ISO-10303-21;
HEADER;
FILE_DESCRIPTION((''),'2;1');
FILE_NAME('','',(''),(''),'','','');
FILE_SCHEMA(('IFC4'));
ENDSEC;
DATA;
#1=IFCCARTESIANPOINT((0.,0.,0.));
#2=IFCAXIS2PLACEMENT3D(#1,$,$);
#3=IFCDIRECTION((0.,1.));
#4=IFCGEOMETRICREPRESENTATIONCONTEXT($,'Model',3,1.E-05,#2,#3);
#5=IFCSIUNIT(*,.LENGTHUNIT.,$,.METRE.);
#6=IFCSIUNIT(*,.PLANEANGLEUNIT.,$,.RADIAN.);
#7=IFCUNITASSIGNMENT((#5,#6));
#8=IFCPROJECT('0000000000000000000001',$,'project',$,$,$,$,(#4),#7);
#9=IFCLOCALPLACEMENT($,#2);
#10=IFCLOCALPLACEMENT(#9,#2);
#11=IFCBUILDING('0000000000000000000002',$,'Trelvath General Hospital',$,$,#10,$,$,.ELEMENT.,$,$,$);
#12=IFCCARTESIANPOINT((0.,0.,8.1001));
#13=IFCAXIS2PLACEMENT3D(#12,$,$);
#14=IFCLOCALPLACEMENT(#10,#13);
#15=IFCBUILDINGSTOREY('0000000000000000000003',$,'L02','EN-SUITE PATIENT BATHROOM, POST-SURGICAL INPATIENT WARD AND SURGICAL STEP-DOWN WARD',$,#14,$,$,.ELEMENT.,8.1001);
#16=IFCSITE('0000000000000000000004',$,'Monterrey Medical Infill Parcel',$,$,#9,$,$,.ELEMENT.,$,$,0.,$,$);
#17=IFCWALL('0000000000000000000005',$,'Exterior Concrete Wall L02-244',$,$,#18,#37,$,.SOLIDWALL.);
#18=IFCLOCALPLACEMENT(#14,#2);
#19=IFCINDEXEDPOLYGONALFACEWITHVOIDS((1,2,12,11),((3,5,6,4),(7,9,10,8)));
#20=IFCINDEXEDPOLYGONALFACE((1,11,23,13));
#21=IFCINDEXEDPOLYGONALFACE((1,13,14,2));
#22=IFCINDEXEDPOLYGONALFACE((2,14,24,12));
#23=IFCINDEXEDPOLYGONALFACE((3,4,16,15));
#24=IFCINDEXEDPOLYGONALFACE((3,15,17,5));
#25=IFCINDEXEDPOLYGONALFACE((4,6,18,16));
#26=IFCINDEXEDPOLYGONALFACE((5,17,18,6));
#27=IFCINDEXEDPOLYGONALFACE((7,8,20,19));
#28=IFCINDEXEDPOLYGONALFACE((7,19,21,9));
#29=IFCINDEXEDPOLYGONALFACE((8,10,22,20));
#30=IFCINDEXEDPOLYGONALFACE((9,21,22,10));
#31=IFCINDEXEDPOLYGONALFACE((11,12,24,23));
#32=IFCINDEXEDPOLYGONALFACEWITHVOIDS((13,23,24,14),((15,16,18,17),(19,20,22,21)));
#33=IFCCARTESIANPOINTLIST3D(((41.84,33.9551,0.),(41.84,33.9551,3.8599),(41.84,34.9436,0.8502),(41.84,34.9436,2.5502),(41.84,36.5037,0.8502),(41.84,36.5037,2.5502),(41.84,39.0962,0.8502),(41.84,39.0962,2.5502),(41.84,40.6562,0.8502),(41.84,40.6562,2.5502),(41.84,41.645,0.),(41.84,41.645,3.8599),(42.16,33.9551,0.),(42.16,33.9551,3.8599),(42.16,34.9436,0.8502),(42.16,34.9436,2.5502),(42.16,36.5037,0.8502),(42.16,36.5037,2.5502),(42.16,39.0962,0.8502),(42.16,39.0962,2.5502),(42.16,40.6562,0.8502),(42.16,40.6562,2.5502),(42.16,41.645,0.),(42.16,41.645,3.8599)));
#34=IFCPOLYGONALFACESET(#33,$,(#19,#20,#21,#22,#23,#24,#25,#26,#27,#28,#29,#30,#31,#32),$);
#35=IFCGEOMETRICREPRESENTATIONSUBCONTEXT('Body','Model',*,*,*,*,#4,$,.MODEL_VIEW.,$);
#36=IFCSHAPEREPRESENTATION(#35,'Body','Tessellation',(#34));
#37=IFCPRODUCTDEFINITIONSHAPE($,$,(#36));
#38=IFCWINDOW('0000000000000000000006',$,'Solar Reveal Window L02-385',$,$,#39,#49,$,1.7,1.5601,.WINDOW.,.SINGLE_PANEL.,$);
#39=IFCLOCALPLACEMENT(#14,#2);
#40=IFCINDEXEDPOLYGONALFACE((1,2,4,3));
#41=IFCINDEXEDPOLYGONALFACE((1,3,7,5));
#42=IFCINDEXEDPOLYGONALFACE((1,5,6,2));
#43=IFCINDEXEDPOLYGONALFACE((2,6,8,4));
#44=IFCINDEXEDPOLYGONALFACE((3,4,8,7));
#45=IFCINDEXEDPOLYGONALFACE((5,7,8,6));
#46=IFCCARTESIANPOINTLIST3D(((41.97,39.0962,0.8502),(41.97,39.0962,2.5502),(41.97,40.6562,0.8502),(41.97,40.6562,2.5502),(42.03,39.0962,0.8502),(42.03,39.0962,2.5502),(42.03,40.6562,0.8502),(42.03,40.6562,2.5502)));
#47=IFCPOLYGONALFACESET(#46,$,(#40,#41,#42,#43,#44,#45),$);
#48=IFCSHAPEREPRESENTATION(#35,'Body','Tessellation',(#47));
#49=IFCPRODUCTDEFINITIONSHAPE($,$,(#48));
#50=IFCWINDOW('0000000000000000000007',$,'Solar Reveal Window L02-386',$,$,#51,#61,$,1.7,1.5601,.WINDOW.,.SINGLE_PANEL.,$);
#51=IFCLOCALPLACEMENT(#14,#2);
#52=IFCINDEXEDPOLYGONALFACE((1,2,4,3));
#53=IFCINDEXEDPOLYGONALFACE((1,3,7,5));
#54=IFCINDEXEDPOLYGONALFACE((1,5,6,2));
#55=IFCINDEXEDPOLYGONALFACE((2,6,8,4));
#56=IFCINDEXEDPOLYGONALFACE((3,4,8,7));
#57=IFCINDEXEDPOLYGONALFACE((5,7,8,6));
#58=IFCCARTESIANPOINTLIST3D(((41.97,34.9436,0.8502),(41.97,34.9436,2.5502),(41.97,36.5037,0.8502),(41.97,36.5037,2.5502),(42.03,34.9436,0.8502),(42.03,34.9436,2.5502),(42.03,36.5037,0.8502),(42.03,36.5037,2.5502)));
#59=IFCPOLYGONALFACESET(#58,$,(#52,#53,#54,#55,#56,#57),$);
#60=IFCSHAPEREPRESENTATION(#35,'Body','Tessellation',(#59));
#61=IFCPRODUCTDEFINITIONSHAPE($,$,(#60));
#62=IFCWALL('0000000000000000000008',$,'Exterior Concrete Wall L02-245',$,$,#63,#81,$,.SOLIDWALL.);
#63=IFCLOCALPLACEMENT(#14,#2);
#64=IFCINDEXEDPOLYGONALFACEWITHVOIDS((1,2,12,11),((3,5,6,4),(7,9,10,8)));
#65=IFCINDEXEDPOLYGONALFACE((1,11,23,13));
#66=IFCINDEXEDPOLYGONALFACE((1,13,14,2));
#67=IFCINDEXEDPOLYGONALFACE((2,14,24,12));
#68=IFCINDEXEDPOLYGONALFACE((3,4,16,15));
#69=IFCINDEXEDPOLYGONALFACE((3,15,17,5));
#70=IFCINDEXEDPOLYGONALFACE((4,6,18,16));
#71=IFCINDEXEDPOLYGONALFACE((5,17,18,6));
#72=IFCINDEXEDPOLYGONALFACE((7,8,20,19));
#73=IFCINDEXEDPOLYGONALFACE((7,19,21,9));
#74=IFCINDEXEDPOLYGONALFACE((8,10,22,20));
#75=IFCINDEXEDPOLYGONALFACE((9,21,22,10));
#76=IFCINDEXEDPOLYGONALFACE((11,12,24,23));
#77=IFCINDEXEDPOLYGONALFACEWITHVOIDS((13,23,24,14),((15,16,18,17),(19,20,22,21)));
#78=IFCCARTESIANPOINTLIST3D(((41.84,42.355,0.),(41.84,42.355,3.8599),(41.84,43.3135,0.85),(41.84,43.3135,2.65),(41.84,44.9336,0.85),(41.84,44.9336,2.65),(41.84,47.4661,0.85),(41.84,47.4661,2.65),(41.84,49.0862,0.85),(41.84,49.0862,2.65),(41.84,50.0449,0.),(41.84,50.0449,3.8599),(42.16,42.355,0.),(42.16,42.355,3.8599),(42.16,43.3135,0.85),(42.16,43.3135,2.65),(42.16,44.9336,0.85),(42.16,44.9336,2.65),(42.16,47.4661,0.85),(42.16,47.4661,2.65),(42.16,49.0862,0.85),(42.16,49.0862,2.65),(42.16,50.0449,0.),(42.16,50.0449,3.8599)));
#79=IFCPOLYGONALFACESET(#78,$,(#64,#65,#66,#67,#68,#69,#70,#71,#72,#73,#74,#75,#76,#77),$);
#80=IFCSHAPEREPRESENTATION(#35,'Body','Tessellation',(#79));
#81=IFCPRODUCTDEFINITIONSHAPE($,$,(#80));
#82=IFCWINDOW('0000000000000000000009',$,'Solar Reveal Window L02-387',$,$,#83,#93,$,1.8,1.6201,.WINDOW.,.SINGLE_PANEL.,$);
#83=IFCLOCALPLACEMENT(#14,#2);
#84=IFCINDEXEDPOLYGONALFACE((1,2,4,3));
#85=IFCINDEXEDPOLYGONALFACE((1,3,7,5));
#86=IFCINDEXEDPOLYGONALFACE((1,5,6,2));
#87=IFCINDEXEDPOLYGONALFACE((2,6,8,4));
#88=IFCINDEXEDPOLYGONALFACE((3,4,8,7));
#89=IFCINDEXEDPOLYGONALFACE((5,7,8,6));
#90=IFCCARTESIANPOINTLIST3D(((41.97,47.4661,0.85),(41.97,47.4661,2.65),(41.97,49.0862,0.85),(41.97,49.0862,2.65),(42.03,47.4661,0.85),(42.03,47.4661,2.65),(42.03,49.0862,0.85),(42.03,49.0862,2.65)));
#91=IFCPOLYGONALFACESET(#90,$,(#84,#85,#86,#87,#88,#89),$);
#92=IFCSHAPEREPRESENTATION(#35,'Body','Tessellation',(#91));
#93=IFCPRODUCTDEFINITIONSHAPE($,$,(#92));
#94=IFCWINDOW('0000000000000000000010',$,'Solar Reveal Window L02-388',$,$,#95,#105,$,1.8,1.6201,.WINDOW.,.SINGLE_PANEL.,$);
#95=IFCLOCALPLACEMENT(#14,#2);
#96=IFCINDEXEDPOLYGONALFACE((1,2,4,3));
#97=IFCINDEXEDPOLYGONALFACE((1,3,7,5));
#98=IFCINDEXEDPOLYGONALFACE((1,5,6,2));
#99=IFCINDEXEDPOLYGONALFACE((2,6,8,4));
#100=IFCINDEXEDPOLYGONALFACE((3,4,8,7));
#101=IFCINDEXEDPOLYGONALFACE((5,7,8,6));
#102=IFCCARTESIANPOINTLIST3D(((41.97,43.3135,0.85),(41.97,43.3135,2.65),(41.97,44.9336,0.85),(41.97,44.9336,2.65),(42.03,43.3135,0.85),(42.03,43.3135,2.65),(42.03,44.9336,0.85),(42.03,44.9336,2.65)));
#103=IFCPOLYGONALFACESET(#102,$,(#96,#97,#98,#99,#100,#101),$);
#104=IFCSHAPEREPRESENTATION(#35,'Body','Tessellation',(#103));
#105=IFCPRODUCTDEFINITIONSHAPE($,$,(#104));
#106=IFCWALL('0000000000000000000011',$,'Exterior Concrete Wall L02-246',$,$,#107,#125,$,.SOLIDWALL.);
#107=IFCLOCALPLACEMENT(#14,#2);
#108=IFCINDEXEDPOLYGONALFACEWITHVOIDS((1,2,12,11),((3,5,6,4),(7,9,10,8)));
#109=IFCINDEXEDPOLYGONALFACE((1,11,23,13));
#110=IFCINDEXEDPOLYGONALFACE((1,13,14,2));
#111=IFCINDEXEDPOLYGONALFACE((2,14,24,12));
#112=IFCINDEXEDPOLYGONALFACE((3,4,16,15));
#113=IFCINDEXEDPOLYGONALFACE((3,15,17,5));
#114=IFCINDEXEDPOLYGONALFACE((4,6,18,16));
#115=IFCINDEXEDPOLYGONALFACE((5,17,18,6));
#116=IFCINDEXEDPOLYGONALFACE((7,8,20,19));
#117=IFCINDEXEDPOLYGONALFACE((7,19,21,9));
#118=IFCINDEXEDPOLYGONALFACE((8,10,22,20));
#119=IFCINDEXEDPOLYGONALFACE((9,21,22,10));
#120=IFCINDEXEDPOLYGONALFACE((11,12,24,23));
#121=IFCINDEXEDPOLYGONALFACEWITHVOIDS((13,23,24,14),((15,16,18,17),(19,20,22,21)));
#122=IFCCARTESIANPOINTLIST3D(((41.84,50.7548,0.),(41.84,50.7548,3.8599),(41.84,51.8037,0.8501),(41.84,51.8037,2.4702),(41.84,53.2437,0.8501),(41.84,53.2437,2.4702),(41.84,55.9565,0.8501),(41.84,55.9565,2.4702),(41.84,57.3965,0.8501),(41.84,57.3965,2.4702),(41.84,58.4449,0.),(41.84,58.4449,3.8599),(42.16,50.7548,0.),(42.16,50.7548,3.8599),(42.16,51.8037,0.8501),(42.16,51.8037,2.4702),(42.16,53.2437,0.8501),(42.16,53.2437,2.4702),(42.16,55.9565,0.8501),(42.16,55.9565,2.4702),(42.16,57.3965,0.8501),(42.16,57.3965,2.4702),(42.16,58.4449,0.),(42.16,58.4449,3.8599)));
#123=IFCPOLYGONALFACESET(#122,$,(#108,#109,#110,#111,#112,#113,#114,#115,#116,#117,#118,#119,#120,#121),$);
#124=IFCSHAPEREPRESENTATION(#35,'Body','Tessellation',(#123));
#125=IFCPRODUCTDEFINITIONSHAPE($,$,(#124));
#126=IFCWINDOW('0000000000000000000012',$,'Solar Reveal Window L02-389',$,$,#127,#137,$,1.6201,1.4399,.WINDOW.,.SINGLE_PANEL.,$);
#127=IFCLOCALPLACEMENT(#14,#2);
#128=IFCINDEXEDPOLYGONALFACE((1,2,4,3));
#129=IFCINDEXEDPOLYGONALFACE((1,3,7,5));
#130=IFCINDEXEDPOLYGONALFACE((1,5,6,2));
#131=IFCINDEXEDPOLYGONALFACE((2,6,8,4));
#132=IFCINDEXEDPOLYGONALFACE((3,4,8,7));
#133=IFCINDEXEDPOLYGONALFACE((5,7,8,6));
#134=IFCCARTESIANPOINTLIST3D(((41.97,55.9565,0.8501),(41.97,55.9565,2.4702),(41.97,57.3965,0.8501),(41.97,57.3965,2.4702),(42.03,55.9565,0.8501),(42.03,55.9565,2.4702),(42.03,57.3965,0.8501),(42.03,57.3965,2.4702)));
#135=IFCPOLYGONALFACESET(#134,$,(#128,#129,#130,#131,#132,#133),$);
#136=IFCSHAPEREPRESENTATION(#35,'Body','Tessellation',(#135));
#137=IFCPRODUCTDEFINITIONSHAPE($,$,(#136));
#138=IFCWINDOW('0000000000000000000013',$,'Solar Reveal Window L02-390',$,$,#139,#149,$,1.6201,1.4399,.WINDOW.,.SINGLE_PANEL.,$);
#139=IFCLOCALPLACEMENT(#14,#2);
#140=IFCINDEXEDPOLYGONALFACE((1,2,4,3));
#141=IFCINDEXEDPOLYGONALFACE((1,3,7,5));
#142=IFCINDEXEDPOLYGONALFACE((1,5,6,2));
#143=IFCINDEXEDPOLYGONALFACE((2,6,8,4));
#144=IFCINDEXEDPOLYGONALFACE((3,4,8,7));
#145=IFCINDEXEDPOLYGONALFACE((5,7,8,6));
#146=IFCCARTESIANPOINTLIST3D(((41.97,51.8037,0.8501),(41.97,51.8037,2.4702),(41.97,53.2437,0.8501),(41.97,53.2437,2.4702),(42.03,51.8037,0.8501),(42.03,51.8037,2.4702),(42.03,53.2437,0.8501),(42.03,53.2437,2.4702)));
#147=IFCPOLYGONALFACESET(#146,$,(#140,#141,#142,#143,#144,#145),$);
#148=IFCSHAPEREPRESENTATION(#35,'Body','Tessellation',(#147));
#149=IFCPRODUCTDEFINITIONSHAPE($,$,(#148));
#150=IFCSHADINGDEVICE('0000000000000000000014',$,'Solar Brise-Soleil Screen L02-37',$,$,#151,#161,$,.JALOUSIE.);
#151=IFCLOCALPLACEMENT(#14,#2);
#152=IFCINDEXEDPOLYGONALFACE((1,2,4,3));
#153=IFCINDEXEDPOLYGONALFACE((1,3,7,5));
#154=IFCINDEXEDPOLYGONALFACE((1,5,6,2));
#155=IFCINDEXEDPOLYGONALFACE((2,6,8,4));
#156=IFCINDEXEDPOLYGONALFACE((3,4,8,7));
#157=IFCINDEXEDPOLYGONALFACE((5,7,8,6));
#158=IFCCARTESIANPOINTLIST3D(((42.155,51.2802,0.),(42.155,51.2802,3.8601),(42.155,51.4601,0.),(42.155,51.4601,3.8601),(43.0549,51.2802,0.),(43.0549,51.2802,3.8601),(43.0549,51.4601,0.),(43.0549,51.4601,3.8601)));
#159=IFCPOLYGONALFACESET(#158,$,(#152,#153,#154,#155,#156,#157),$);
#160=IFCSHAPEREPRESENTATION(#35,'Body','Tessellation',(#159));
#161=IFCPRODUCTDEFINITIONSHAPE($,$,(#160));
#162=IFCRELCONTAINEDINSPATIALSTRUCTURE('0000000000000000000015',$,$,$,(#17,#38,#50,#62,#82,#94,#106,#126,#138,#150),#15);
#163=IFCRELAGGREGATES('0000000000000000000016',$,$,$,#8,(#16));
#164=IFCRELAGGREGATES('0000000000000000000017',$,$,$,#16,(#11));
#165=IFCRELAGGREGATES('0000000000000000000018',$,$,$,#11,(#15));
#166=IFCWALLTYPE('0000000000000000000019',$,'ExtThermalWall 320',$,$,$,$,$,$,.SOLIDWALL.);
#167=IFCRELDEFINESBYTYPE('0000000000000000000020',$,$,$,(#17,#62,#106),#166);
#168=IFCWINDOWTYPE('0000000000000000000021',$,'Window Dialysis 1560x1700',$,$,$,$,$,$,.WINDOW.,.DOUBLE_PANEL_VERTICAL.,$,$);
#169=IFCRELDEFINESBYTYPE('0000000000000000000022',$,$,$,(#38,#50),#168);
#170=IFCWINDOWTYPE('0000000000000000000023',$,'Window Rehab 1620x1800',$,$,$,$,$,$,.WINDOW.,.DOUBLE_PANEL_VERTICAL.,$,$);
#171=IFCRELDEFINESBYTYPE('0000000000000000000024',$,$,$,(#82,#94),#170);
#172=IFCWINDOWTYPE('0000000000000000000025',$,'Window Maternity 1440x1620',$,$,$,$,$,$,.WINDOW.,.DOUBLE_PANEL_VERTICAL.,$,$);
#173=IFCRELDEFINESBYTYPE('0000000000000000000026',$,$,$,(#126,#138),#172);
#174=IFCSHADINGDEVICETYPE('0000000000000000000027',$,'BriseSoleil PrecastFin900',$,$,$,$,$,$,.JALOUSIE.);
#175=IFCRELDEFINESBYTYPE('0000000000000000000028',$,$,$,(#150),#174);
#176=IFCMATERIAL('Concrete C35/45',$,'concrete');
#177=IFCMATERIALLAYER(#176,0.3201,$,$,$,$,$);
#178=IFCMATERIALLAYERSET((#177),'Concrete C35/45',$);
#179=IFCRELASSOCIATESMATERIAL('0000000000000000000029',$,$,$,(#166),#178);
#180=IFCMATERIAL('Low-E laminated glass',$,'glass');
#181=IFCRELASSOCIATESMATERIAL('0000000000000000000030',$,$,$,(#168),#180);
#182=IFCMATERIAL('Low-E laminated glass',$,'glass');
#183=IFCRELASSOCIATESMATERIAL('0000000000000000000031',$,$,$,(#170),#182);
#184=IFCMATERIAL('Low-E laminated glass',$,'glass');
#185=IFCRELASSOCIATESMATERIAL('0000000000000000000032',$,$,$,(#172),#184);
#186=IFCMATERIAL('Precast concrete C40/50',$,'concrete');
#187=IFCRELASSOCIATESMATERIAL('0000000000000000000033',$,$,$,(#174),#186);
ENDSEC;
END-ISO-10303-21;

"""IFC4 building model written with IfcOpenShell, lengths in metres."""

from ifc_helpers import new_model, si_unit, direction, frame, frame_2d, origin, origin_2d, place, context, subcontext, project, spatial, rectangle, extrude, material, layer, layer_set, type_object, element, fill, save


model = new_model("IFC4")

# Units and contexts
model_context = context("Model", 3, precision=1e-05, world=origin(), true_north=direction((0.0, 1.0)))
body_context = subcontext(model_context, "Body", "Model", "MODEL_VIEW")
ifc_project = project(units=[si_unit("LENGTHUNIT", "METRE"), si_unit("PLANEANGLEUNIT", "RADIAN")], contexts=[model_context])

# Site, building, storey
site_placement = place(None, origin())
site = spatial("IfcSite", under=ifc_project, at=site_placement, Name="Monterrey Medical Infill Parcel", CompositionType="ELEMENT", RefElevation=0.0)
building_placement = place(site_placement, origin())
building = spatial("IfcBuilding", under=site, at=building_placement, Name="Trelvath General Hospital", CompositionType="ELEMENT")
storey_placement = place(building_placement, frame((0.0, 0.0, 8.1001)))
storey = spatial("IfcBuildingStorey", under=building, at=storey_placement, Name="L02", Description="EN-SUITE PATIENT BATHROOM, POST-SURGICAL INPATIENT WARD AND SURGICAL STEP-DOWN WARD", CompositionType="ELEMENT", Elevation=8.1001)

# Walls, openings, windows
ifc_material_1 = material(Name="Concrete C35/45", Category="concrete")
ifc_layer_1 = layer(ifc_material_1, 0.3201)
ifc_layer_set_1 = layer_set([ifc_layer_1], Name="Concrete C35/45")
wall_type_1 = type_object("IfcWallType", Name="ExtThermalWall 320", PredefinedType="SOLIDWALL", material=ifc_layer_set_1)
wall_1_placement = place(storey_placement, frame((42.0, 41.645, 0.0), z_axis=(0.0, 0.0, 1.0), x_axis=(0.0, -1.0, 0.0)))
wall_1 = element("IfcWall", 1, at=wall_1_placement, inside=storey, type_object=wall_type_1, Name="Exterior Concrete Wall L02-244", PredefinedType="SOLIDWALL", context=body_context, shape_type="SweptSolid", body=[
    extrude(rectangle(XDim=7.6899, YDim=0.3201, at=frame_2d((3.845, 0.0))), origin(), (0.0, 0.0, 1.0), 3.8599),
])
opening_1_placement = place(wall_1_placement, frame((0.9888, 0.0, 0.8501)))
opening_1 = element("IfcOpeningElement", 2, at=opening_1_placement, cuts=wall_1, PredefinedType="OPENING", context=body_context, shape_type="SweptSolid", body=[
    extrude(rectangle(XDim=1.5601, YDim=1.7, at=frame_2d((0.78, 0.8501))), frame((0.0, 0.1699, 0.0), z_axis=(0.0, -1.0, 0.0), x_axis=(1.0, 0.0, 0.0)), (0.0, 0.0, 1.0), 0.3401),
])
opening_2_placement = place(wall_1_placement, frame((5.1414, 0.0, 0.8501)))
opening_2 = element("IfcOpeningElement", 3, at=opening_2_placement, cuts=wall_1, PredefinedType="OPENING", context=body_context, shape_type="SweptSolid", body=[
    extrude(rectangle(XDim=1.5601, YDim=1.7, at=frame_2d((0.78, 0.8501))), frame((0.0, 0.1699, 0.0), z_axis=(0.0, -1.0, 0.0), x_axis=(1.0, 0.0, 0.0)), (0.0, 0.0, 1.0), 0.3401),
])
ifc_material_2 = material(Name="Low-E laminated glass", Category="glass")
window_type_1 = type_object("IfcWindowType", Name="Window Dialysis 1560x1700", PartitioningType="DOUBLE_PANEL_VERTICAL", PredefinedType="WINDOW", material=ifc_material_2)
window_1_placement = place(opening_1_placement, origin())
window_1 = element("IfcWindow", 4, at=window_1_placement, inside=storey, type_object=window_type_1, Name="Solar Reveal Window L02-385", OverallHeight=1.7, OverallWidth=1.5601, PartitioningType="SINGLE_PANEL", PredefinedType="WINDOW", context=body_context, shape_type="SweptSolid", body=[
    extrude(rectangle(XDim=1.5601, YDim=1.7, at=frame_2d((0.78, 0.8501))), frame((0.0, 0.03, 0.0), z_axis=(0.0, -1.0, 0.0), x_axis=(1.0, 0.0, 0.0)), (0.0, 0.0, 1.0), 0.0601),
])
fill(opening_1, window_1)
window_2_placement = place(opening_2_placement, origin())
window_2 = element("IfcWindow", 5, at=window_2_placement, inside=storey, type_object=window_type_1, Name="Solar Reveal Window L02-386", OverallHeight=1.7, OverallWidth=1.5601, PartitioningType="SINGLE_PANEL", PredefinedType="WINDOW", context=body_context, shape_type="SweptSolid", body=[
    extrude(rectangle(XDim=1.5601, YDim=1.7, at=frame_2d((0.78, 0.8501))), frame((0.0, 0.03, 0.0), z_axis=(0.0, -1.0, 0.0), x_axis=(1.0, 0.0, 0.0)), (0.0, 0.0, 1.0), 0.0601),
])
fill(opening_2, window_2)
wall_2_placement = place(storey_placement, frame((42.0, 50.0449, 0.0), z_axis=(0.0, 0.0, 1.0), x_axis=(0.0, -1.0, 0.0)))
wall_2 = element("IfcWall", 6, at=wall_2_placement, inside=storey, type_object=wall_type_1, Name="Exterior Concrete Wall L02-245", PredefinedType="SOLIDWALL", context=body_context, shape_type="SweptSolid", body=[
    extrude(rectangle(XDim=7.6899, YDim=0.3201, at=frame_2d((3.845, 0.0))), origin(), (0.0, 0.0, 1.0), 3.8599),
])
opening_3_placement = place(wall_2_placement, frame((0.9587, 0.0, 0.8501)))
opening_3 = element("IfcOpeningElement", 7, at=opening_3_placement, cuts=wall_2, PredefinedType="OPENING", context=body_context, shape_type="SweptSolid", body=[
    extrude(rectangle(XDim=1.6201, YDim=1.8, at=frame_2d((0.8101, 0.8999))), frame((0.0, 0.1699, 0.0), z_axis=(0.0, -1.0, 0.0), x_axis=(1.0, 0.0, 0.0)), (0.0, 0.0, 1.0), 0.3401),
])
opening_4_placement = place(wall_2_placement, frame((5.1113, 0.0, 0.8501)))
opening_4 = element("IfcOpeningElement", 8, at=opening_4_placement, cuts=wall_2, PredefinedType="OPENING", context=body_context, shape_type="SweptSolid", body=[
    extrude(rectangle(XDim=1.6201, YDim=1.8, at=frame_2d((0.8101, 0.8999))), frame((0.0, 0.1699, 0.0), z_axis=(0.0, -1.0, 0.0), x_axis=(1.0, 0.0, 0.0)), (0.0, 0.0, 1.0), 0.3401),
])
ifc_material_3 = material(Name="Low-E laminated glass", Category="glass")
window_type_2 = type_object("IfcWindowType", Name="Window Rehab 1620x1800", PartitioningType="DOUBLE_PANEL_VERTICAL", PredefinedType="WINDOW", material=ifc_material_3)
window_3_placement = place(opening_3_placement, origin())
window_3 = element("IfcWindow", 9, at=window_3_placement, inside=storey, type_object=window_type_2, Name="Solar Reveal Window L02-387", OverallHeight=1.8, OverallWidth=1.6201, PartitioningType="SINGLE_PANEL", PredefinedType="WINDOW", context=body_context, shape_type="SweptSolid", body=[
    extrude(rectangle(XDim=1.6201, YDim=1.8, at=frame_2d((0.8101, 0.8999))), frame((0.0, 0.03, 0.0), z_axis=(0.0, -1.0, 0.0), x_axis=(1.0, 0.0, 0.0)), (0.0, 0.0, 1.0), 0.0601),
])
fill(opening_3, window_3)
window_4_placement = place(opening_4_placement, origin())
window_4 = element("IfcWindow", 10, at=window_4_placement, inside=storey, type_object=window_type_2, Name="Solar Reveal Window L02-388", OverallHeight=1.8, OverallWidth=1.6201, PartitioningType="SINGLE_PANEL", PredefinedType="WINDOW", context=body_context, shape_type="SweptSolid", body=[
    extrude(rectangle(XDim=1.6201, YDim=1.8, at=frame_2d((0.8101, 0.8999))), frame((0.0, 0.03, 0.0), z_axis=(0.0, -1.0, 0.0), x_axis=(1.0, 0.0, 0.0)), (0.0, 0.0, 1.0), 0.0601),
])
fill(opening_4, window_4)
wall_3_placement = place(storey_placement, frame((42.0, 58.4451, 0.0), z_axis=(0.0, 0.0, 1.0), x_axis=(0.0, -1.0, 0.0)))
wall_3 = element("IfcWall", 11, at=wall_3_placement, inside=storey, type_object=wall_type_1, Name="Exterior Concrete Wall L02-246", PredefinedType="SOLIDWALL", context=body_context, shape_type="SweptSolid", body=[
    extrude(rectangle(XDim=7.6902, YDim=0.3201, at=frame_2d((3.8452, 0.0))), origin(), (0.0, 0.0, 1.0), 3.8599),
])
opening_5_placement = place(wall_3_placement, frame((1.0486, 0.0, 0.8501)))
opening_5 = element("IfcOpeningElement", 12, at=opening_5_placement, cuts=wall_3, PredefinedType="OPENING", context=body_context, shape_type="SweptSolid", body=[
    extrude(rectangle(XDim=1.4399, YDim=1.6201, at=frame_2d((0.72, 0.8101))), frame((0.0, 0.1699, 0.0), z_axis=(0.0, -1.0, 0.0), x_axis=(1.0, 0.0, 0.0)), (0.0, 0.0, 1.0), 0.3401),
])
opening_6_placement = place(wall_3_placement, frame((5.2014, 0.0, 0.8501)))
opening_6 = element("IfcOpeningElement", 13, at=opening_6_placement, cuts=wall_3, PredefinedType="OPENING", context=body_context, shape_type="SweptSolid", body=[
    extrude(rectangle(XDim=1.4399, YDim=1.6201, at=frame_2d((0.72, 0.8101))), frame((0.0, 0.1699, 0.0), z_axis=(0.0, -1.0, 0.0), x_axis=(1.0, 0.0, 0.0)), (0.0, 0.0, 1.0), 0.3401),
])
ifc_material_4 = material(Name="Low-E laminated glass", Category="glass")
window_type_3 = type_object("IfcWindowType", Name="Window Maternity 1440x1620", PartitioningType="DOUBLE_PANEL_VERTICAL", PredefinedType="WINDOW", material=ifc_material_4)
window_5_placement = place(opening_5_placement, origin())
window_5 = element("IfcWindow", 14, at=window_5_placement, inside=storey, type_object=window_type_3, Name="Solar Reveal Window L02-389", OverallHeight=1.6201, OverallWidth=1.4399, PartitioningType="SINGLE_PANEL", PredefinedType="WINDOW", context=body_context, shape_type="SweptSolid", body=[
    extrude(rectangle(XDim=1.4399, YDim=1.6201, at=frame_2d((0.72, 0.8101))), frame((0.0, 0.03, 0.0), z_axis=(0.0, -1.0, 0.0), x_axis=(1.0, 0.0, 0.0)), (0.0, 0.0, 1.0), 0.0601),
])
fill(opening_5, window_5)
window_6_placement = place(opening_6_placement, origin())
window_6 = element("IfcWindow", 15, at=window_6_placement, inside=storey, type_object=window_type_3, Name="Solar Reveal Window L02-390", OverallHeight=1.6201, OverallWidth=1.4399, PartitioningType="SINGLE_PANEL", PredefinedType="WINDOW", context=body_context, shape_type="SweptSolid", body=[
    extrude(rectangle(XDim=1.4399, YDim=1.6201, at=frame_2d((0.72, 0.8101))), frame((0.0, 0.03, 0.0), z_axis=(0.0, -1.0, 0.0), x_axis=(1.0, 0.0, 0.0)), (0.0, 0.0, 1.0), 0.0601),
])
fill(opening_6, window_6)

# Shading device
ifc_material_5 = material(Name="Precast concrete C40/50", Category="concrete")
shading_device_type = type_object("IfcShadingDeviceType", Name="BriseSoleil PrecastFin900", PredefinedType="JALOUSIE", material=ifc_material_5)
shading_device_placement = place(storey_placement, frame((42.605, 51.3701, 0.0), z_axis=(0.0, 0.0, 1.0), x_axis=(1.0, 0.0, 0.0)))
element("IfcShadingDevice", 16, at=shading_device_placement, inside=storey, type_object=shading_device_type, Name="Solar Brise-Soleil Screen L02-37", PredefinedType="JALOUSIE", context=body_context, shape_type="SweptSolid", body=[
    extrude(rectangle(XDim=0.8999, YDim=0.1799, at=origin_2d()), origin(), (0.0, 0.0, 1.0), 3.8601),
])

save(model, "model.ifc")
